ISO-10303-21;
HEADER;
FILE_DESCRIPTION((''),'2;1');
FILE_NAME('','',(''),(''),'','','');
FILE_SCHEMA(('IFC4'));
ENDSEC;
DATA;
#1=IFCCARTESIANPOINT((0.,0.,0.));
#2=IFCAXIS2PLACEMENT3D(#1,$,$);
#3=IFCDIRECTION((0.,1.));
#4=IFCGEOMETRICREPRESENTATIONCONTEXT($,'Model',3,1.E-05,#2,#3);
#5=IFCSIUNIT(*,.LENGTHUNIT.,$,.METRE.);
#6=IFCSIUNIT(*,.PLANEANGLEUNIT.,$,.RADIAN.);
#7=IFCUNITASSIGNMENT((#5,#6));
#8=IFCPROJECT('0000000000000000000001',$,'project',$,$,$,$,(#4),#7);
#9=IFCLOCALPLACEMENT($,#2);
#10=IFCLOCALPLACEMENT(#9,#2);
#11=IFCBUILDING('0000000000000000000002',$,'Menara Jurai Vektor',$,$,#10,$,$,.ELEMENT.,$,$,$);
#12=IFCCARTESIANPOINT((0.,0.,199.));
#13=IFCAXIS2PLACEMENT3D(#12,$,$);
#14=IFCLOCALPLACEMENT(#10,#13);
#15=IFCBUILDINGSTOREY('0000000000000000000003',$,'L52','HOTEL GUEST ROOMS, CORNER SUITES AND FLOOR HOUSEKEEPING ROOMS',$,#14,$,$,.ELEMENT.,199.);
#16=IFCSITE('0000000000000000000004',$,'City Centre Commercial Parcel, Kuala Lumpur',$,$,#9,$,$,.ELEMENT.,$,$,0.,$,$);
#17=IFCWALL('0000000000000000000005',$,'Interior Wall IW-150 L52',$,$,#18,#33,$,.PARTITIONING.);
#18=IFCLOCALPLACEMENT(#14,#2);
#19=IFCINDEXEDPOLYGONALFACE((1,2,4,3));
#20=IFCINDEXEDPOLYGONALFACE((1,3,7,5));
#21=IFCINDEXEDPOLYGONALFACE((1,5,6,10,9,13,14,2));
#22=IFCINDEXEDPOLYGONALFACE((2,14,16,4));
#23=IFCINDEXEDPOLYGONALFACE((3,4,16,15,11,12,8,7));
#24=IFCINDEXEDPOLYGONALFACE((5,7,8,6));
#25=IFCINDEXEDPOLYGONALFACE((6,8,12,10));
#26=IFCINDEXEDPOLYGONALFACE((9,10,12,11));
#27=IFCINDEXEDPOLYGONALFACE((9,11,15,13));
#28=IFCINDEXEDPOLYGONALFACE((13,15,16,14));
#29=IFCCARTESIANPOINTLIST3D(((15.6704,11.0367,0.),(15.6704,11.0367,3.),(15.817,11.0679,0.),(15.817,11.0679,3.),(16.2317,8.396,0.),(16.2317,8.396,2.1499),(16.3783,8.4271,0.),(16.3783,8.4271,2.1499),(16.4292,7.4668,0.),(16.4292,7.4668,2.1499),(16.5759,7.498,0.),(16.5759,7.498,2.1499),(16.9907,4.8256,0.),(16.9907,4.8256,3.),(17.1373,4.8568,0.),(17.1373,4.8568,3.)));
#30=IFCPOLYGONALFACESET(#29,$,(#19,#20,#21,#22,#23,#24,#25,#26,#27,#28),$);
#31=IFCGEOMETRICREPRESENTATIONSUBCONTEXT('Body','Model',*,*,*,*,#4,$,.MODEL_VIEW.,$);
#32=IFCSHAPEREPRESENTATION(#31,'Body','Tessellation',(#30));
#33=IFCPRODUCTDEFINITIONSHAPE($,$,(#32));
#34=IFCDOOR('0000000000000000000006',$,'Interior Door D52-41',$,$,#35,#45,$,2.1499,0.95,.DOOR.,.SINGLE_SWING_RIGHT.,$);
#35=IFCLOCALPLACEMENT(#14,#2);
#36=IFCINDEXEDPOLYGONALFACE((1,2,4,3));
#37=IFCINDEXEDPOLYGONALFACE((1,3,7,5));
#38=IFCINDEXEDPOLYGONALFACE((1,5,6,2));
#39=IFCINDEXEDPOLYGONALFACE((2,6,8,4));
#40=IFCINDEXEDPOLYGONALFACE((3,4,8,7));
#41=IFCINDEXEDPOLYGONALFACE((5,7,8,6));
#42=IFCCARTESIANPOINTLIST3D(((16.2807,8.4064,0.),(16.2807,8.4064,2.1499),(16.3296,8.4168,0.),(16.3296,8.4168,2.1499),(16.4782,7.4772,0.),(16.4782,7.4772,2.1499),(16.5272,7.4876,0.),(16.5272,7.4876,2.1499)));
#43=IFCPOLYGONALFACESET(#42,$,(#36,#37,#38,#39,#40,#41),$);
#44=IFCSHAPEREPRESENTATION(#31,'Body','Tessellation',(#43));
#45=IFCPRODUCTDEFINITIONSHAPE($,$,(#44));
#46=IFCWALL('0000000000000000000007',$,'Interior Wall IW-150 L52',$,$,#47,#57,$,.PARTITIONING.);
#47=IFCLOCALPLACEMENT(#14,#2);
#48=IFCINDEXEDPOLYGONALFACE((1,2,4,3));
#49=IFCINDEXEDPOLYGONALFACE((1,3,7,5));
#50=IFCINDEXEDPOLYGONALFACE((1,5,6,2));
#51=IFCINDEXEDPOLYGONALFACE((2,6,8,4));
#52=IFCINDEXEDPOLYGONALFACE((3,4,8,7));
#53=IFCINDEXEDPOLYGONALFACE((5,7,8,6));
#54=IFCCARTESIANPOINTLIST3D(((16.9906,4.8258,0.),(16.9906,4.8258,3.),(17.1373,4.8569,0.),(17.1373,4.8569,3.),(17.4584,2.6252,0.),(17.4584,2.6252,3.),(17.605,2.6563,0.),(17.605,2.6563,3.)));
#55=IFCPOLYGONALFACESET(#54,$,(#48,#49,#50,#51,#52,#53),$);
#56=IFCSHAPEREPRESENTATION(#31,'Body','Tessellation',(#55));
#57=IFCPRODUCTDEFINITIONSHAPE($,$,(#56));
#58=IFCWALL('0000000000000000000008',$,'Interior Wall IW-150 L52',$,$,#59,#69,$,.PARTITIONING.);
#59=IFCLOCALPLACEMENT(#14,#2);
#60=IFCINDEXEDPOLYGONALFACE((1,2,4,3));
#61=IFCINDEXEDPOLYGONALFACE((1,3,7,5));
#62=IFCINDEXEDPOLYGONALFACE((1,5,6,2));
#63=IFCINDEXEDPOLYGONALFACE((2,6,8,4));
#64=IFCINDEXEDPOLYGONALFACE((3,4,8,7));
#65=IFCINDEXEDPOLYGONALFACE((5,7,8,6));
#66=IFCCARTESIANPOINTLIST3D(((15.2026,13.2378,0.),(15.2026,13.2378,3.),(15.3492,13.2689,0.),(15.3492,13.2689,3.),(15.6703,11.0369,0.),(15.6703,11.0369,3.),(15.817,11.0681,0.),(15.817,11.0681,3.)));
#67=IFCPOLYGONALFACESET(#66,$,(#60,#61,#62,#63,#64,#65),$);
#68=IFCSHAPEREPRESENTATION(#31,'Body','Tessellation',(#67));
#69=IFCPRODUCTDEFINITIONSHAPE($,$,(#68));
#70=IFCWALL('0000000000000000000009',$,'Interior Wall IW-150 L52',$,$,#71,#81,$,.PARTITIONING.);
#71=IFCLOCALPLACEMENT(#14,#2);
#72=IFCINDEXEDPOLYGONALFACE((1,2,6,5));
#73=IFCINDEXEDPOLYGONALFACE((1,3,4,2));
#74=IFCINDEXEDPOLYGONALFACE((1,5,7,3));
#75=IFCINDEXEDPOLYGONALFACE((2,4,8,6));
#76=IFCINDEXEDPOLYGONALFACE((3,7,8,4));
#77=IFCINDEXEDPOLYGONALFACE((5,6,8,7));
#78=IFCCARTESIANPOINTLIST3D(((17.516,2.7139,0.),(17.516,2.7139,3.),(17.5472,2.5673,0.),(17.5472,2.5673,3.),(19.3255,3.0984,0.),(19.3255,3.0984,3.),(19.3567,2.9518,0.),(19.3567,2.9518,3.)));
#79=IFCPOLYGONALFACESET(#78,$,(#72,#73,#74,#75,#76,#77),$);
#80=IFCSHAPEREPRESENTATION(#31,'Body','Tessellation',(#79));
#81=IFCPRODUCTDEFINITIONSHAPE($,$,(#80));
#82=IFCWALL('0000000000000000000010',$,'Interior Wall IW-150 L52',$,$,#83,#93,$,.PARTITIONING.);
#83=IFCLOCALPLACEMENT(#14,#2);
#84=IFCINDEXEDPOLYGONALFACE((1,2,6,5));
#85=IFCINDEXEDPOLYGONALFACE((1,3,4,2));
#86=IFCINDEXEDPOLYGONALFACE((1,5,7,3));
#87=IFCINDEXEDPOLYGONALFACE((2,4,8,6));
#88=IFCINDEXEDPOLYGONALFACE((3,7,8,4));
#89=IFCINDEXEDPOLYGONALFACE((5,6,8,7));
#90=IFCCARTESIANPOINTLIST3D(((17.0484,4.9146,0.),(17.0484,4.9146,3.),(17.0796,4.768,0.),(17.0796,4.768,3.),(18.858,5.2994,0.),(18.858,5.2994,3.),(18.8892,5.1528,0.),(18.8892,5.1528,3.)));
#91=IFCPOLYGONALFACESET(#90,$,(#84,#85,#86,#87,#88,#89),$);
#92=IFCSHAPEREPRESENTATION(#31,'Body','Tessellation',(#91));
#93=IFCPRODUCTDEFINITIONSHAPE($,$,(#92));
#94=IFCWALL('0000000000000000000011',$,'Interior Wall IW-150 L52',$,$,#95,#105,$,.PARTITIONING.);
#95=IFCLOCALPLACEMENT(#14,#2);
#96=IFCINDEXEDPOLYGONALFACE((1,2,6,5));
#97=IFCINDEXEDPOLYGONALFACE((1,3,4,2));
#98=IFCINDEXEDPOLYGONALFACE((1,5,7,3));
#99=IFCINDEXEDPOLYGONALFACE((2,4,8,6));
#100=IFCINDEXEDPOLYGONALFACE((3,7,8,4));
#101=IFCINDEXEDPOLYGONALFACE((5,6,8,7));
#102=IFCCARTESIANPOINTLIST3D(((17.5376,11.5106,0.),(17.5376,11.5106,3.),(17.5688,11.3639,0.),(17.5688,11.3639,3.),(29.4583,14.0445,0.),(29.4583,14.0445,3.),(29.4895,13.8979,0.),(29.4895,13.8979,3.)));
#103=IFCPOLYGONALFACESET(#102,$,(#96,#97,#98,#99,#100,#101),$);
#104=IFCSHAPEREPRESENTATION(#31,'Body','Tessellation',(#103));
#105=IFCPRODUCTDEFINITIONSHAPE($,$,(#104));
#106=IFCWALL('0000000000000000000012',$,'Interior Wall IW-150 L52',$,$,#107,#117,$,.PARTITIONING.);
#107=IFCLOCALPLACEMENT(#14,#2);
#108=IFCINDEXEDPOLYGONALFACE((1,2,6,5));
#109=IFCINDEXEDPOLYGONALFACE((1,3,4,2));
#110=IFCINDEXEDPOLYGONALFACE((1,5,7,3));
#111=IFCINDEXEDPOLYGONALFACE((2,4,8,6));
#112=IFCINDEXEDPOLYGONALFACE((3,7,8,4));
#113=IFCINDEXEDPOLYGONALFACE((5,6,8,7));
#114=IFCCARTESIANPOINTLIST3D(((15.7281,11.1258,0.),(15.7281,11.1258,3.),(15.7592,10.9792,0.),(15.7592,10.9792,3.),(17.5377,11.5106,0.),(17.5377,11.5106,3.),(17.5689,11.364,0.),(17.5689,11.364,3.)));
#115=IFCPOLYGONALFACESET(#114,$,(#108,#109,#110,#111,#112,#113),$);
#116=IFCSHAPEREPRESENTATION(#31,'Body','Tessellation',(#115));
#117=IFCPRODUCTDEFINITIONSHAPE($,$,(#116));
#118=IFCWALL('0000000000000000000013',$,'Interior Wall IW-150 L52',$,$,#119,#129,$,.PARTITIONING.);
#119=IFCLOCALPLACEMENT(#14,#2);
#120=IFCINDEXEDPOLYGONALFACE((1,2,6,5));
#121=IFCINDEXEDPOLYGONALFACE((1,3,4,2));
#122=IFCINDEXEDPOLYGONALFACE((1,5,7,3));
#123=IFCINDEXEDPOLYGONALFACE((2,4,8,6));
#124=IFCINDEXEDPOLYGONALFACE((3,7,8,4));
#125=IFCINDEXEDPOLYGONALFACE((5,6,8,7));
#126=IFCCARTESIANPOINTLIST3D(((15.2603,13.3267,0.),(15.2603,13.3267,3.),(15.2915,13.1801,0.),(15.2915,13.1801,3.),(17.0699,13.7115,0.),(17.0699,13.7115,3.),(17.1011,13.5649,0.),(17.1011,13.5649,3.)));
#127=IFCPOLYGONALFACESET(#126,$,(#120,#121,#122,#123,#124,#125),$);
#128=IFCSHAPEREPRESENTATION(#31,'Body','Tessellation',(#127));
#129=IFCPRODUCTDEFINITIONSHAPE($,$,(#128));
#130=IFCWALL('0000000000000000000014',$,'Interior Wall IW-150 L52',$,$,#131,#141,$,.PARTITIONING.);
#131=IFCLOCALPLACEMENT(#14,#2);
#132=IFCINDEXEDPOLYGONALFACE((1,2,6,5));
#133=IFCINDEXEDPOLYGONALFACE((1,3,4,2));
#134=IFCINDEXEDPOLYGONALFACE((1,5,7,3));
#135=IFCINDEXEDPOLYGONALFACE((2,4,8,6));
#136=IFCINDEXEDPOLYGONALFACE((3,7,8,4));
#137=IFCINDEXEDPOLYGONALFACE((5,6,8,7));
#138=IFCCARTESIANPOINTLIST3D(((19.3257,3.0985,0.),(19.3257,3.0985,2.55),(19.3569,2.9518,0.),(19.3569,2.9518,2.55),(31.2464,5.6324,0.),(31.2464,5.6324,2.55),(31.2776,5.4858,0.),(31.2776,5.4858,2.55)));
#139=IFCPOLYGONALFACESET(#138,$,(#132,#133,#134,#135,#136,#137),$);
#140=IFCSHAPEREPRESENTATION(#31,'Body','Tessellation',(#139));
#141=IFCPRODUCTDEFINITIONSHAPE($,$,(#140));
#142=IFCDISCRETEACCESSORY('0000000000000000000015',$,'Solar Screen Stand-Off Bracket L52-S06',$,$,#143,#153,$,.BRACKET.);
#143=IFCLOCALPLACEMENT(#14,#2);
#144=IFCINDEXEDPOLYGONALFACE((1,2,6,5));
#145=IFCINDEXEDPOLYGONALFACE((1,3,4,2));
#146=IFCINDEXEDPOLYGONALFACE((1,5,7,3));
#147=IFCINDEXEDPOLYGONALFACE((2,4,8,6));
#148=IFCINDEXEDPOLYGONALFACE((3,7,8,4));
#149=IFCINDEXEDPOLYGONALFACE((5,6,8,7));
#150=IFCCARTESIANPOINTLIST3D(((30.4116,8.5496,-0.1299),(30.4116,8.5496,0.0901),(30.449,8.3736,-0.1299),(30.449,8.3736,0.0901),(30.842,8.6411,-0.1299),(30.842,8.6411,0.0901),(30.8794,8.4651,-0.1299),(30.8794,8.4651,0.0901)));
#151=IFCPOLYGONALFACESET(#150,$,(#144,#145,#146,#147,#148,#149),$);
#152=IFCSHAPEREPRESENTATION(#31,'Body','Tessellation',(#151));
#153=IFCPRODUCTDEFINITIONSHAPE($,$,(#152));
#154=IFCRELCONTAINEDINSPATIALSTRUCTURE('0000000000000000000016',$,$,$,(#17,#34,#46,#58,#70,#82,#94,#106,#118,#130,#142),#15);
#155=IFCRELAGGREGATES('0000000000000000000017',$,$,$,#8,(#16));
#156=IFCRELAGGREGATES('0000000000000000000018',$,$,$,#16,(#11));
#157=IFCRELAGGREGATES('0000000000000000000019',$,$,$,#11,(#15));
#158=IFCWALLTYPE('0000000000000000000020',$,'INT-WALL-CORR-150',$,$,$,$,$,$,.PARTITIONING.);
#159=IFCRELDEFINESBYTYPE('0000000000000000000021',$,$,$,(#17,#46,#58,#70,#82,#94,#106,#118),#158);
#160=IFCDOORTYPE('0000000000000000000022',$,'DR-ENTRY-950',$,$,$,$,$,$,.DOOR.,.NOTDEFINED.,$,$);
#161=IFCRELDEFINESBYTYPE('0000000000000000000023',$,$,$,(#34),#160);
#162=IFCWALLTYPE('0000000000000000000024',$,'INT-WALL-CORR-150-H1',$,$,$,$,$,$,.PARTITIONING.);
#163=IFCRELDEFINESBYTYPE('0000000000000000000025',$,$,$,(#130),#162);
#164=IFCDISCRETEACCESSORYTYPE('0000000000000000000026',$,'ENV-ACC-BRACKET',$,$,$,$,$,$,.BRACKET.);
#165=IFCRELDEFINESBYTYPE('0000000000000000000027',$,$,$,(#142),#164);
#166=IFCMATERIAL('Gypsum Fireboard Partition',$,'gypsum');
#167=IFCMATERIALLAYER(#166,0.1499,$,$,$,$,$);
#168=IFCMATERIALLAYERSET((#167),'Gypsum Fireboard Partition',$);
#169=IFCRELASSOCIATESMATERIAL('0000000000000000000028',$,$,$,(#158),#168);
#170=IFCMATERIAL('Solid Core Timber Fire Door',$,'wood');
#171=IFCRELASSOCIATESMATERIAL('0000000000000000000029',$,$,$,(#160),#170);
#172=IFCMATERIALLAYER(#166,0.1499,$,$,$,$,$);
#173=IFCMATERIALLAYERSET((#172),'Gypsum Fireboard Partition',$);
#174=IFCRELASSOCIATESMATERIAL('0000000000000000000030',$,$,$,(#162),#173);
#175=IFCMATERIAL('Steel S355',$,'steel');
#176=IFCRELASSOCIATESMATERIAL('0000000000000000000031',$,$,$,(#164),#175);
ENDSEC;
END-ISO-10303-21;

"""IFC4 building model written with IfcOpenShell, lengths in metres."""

from ifc_helpers import new_model, si_unit, direction, frame, frame_2d, origin, origin_2d, place, context, subcontext, project, spatial, rectangle, extrude, material, layer, layer_set, type_object, element, fill, save


model = new_model("IFC4")

# Units and contexts
model_context = context("Model", 3, precision=1e-05, world=origin(), true_north=direction((0.0, 1.0)))
body_context = subcontext(model_context, "Body", "Model", "MODEL_VIEW")
ifc_project = project(units=[si_unit("LENGTHUNIT", "METRE"), si_unit("PLANEANGLEUNIT", "RADIAN")], contexts=[model_context])

# Site, building, storey
site_placement = place(None, origin())
site = spatial("IfcSite", under=ifc_project, at=site_placement, Name="City Centre Commercial Parcel, Kuala Lumpur", CompositionType="ELEMENT", RefElevation=0.0)
building_placement = place(site_placement, origin())
building = spatial("IfcBuilding", under=site, at=building_placement, Name="Menara Jurai Vektor", CompositionType="ELEMENT")
storey_placement = place(building_placement, frame((0.0, 0.0, 199.0)))
storey = spatial("IfcBuildingStorey", under=building, at=storey_placement, Name="L52", Description="HOTEL GUEST ROOMS, CORNER SUITES AND FLOOR HOUSEKEEPING ROOMS", CompositionType="ELEMENT", Elevation=199.0)

# Shared definitions
ifc_material_1 = material(Name="Steel S355", Category="steel")

# Wall, opening, door
ifc_material_2 = material(Name="Gypsum Fireboard Partition", Category="gypsum")
ifc_layer_1 = layer(ifc_material_2, 0.1499)
ifc_layer_set_1 = layer_set([ifc_layer_1], Name="Gypsum Fireboard Partition")
wall_type_1 = type_object("IfcWallType", Name="INT-WALL-CORR-150", PredefinedType="PARTITIONING", material=ifc_layer_set_1)
wall_1_placement = place(storey_placement, frame((17.064, 4.8413, 0.0), z_axis=(0.0, 0.0, 1.0), x_axis=(-0.207925, 0.978145, 0.0)))
wall_1 = element("IfcWall", 1, at=wall_1_placement, inside=storey, type_object=wall_type_1, Name="Interior Wall IW-150 L52", PredefinedType="PARTITIONING", context=body_context, shape_type="SweptSolid", body=[
    extrude(rectangle(XDim=6.3499, YDim=0.1499, at=frame_2d((3.1748, 0.0))), origin(), (0.0, 0.0, 1.0), 3.0),
])
opening_1_placement = place(wall_1_placement, frame((2.7, 0.0, 0.0)))
opening_1 = element("IfcOpeningElement", 2, at=opening_1_placement, cuts=wall_1, PredefinedType="OPENING", context=body_context, shape_type="SweptSolid", body=[
    extrude(rectangle(XDim=0.95, YDim=2.1499, at=frame_2d((0.4751, 1.075))), frame((0.0, 0.085, 0.0), z_axis=(0.0, -1.0, 0.0), x_axis=(1.0, 0.0, 0.0)), (0.0, 0.0, 1.0), 0.1699),
])
ifc_material_3 = material(Name="Solid Core Timber Fire Door", Category="wood")
door_type_1 = type_object("IfcDoorType", Name="DR-ENTRY-950", OperationType="NOTDEFINED", PredefinedType="DOOR", material=ifc_material_3)
door_1_placement = place(opening_1_placement, origin())
door_1 = element("IfcDoor", 3, at=door_1_placement, inside=storey, type_object=door_type_1, Name="Interior Door D52-41", OperationType="SINGLE_SWING_RIGHT", OverallHeight=2.1499, OverallWidth=0.95, PredefinedType="DOOR", context=body_context, shape_type="SweptSolid", body=[
    extrude(rectangle(XDim=0.95, YDim=2.1499, at=frame_2d((0.4751, 1.075))), frame((0.0, 0.0249, 0.0), z_axis=(0.0, -1.0, 0.0), x_axis=(1.0, 0.0, 0.0)), (0.0, 0.0, 1.0), 0.05),
])
fill(opening_1, door_1)

# Walls
wall_2_placement = place(storey_placement, frame((17.5317, 2.6406, 0.0), z_axis=(0.0, 0.0, 1.0), x_axis=(-0.207913, 0.978147, 0.0)))
element("IfcWall", 4, at=wall_2_placement, inside=storey, type_object=wall_type_1, Name="Interior Wall IW-150 L52", PredefinedType="PARTITIONING", context=body_context, shape_type="SweptSolid", body=[
    extrude(rectangle(XDim=2.2498, YDim=0.1499, at=frame_2d((1.125, 0.0))), origin(), (0.0, 0.0, 1.0), 3.0),
])
wall_3_placement = place(storey_placement, frame((15.7437, 11.0525, 0.0), z_axis=(0.0, 0.0, 1.0), x_axis=(-0.207891, 0.978152, 0.0)))
element("IfcWall", 5, at=wall_3_placement, inside=storey, type_object=wall_type_1, Name="Interior Wall IW-150 L52", PredefinedType="PARTITIONING", context=body_context, shape_type="SweptSolid", body=[
    extrude(rectangle(XDim=2.25, YDim=0.1499, at=frame_2d((1.125, 0.0))), origin(), (0.0, 0.0, 1.0), 3.0),
])
wall_4_placement = place(storey_placement, frame((17.5317, 2.6406, 0.0), z_axis=(0.0, 0.0, 1.0), x_axis=(0.97816, 0.207852, 0.0)))
element("IfcWall", 6, at=wall_4_placement, inside=storey, type_object=wall_type_1, Name="Interior Wall IW-150 L52", PredefinedType="PARTITIONING", context=body_context, shape_type="SweptSolid", body=[
    extrude(rectangle(XDim=1.8499, YDim=0.1499, at=frame_2d((0.9248, 0.0))), origin(), (0.0, 0.0, 1.0), 3.0),
])
wall_5_placement = place(storey_placement, frame((17.064, 4.8413, 0.0), z_axis=(0.0, 0.0, 1.0), x_axis=(0.978133, 0.207979, 0.0)))
element("IfcWall", 7, at=wall_5_placement, inside=storey, type_object=wall_type_1, Name="Interior Wall IW-150 L52", PredefinedType="PARTITIONING", context=body_context, shape_type="SweptSolid", body=[
    extrude(rectangle(XDim=1.8501, YDim=0.1499, at=frame_2d((0.925, 0.0))), origin(), (0.0, 0.0, 1.0), 3.0),
])

# Walls
wall_6_placement = place(storey_placement, frame((17.5532, 11.4373, 0.0), z_axis=(0.0, 0.0, 1.0), x_axis=(0.978146, 0.207921, 0.0)))
element("IfcWall", 8, at=wall_6_placement, inside=storey, type_object=wall_type_1, Name="Interior Wall IW-150 L52", PredefinedType="PARTITIONING", context=body_context, shape_type="SweptSolid", body=[
    extrude(rectangle(XDim=12.187, YDim=0.1499, at=frame_2d((6.0935, 0.0))), origin(), (0.0, 0.0, 1.0), 3.0),
])
for number, where, z_axis, x_axis, name in (
    (9, (15.7437, 11.0525, 0.0), (0.0, 0.0, 1.0), (0.978133, 0.207979, 0.0), "Interior Wall IW-150 L52"),
    (10, (15.2759, 13.2534, 0.0), (0.0, 0.0, 1.0), (0.978133, 0.207979, 0.0), "Interior Wall IW-150 L52"),
):
    element("IfcWall", number, at=place(storey_placement, frame(where, z_axis=z_axis, x_axis=x_axis)), inside=storey, type_object=wall_type_1, Name=name, PredefinedType="PARTITIONING", context=body_context, shape_type="SweptSolid", body=[
        extrude(rectangle(XDim=1.8501, YDim=0.1499, at=frame_2d((0.925, 0.0))), origin(), (0.0, 0.0, 1.0), 3.0),
    ])

# Wall
ifc_layer_2 = layer(ifc_material_2, 0.1499)
ifc_layer_set_2 = layer_set([ifc_layer_2], Name="Gypsum Fireboard Partition")
wall_type_2 = type_object("IfcWallType", Name="INT-WALL-CORR-150-H1", PredefinedType="PARTITIONING", material=ifc_layer_set_2)
wall_7_placement = place(storey_placement, frame((19.3413, 3.0251, 0.0), z_axis=(0.0, 0.0, 1.0), x_axis=(0.978146, 0.207921, 0.0)))
element("IfcWall", 11, at=wall_7_placement, inside=storey, type_object=wall_type_2, Name="Interior Wall IW-150 L52", PredefinedType="PARTITIONING", context=body_context, shape_type="SweptSolid", body=[
    extrude(rectangle(XDim=12.187, YDim=0.1499, at=frame_2d((6.0935, 0.0))), origin(), (0.0, 0.0, 1.0), 2.55),
])

# Discrete accessory
discrete_accessory_type = type_object("IfcDiscreteAccessoryType", Name="ENV-ACC-BRACKET", PredefinedType="BRACKET", material=ifc_material_1)
discrete_accessory_placement = place(storey_placement, frame((30.6455, 8.5073, -0.1299), z_axis=(0.0, 0.0, 1.0), x_axis=(-0.207912, 0.978148, 0.0)))
element("IfcDiscreteAccessory", 12, at=discrete_accessory_placement, inside=storey, type_object=discrete_accessory_type, Name="Solar Screen Stand-Off Bracket L52-S06", PredefinedType="BRACKET", context=body_context, shape_type="SweptSolid", body=[
    extrude(rectangle(XDim=0.1799, YDim=0.4399, at=origin_2d()), origin(), (0.0, 0.0, 1.0), 0.22),
])

save(model, "model.ifc")
